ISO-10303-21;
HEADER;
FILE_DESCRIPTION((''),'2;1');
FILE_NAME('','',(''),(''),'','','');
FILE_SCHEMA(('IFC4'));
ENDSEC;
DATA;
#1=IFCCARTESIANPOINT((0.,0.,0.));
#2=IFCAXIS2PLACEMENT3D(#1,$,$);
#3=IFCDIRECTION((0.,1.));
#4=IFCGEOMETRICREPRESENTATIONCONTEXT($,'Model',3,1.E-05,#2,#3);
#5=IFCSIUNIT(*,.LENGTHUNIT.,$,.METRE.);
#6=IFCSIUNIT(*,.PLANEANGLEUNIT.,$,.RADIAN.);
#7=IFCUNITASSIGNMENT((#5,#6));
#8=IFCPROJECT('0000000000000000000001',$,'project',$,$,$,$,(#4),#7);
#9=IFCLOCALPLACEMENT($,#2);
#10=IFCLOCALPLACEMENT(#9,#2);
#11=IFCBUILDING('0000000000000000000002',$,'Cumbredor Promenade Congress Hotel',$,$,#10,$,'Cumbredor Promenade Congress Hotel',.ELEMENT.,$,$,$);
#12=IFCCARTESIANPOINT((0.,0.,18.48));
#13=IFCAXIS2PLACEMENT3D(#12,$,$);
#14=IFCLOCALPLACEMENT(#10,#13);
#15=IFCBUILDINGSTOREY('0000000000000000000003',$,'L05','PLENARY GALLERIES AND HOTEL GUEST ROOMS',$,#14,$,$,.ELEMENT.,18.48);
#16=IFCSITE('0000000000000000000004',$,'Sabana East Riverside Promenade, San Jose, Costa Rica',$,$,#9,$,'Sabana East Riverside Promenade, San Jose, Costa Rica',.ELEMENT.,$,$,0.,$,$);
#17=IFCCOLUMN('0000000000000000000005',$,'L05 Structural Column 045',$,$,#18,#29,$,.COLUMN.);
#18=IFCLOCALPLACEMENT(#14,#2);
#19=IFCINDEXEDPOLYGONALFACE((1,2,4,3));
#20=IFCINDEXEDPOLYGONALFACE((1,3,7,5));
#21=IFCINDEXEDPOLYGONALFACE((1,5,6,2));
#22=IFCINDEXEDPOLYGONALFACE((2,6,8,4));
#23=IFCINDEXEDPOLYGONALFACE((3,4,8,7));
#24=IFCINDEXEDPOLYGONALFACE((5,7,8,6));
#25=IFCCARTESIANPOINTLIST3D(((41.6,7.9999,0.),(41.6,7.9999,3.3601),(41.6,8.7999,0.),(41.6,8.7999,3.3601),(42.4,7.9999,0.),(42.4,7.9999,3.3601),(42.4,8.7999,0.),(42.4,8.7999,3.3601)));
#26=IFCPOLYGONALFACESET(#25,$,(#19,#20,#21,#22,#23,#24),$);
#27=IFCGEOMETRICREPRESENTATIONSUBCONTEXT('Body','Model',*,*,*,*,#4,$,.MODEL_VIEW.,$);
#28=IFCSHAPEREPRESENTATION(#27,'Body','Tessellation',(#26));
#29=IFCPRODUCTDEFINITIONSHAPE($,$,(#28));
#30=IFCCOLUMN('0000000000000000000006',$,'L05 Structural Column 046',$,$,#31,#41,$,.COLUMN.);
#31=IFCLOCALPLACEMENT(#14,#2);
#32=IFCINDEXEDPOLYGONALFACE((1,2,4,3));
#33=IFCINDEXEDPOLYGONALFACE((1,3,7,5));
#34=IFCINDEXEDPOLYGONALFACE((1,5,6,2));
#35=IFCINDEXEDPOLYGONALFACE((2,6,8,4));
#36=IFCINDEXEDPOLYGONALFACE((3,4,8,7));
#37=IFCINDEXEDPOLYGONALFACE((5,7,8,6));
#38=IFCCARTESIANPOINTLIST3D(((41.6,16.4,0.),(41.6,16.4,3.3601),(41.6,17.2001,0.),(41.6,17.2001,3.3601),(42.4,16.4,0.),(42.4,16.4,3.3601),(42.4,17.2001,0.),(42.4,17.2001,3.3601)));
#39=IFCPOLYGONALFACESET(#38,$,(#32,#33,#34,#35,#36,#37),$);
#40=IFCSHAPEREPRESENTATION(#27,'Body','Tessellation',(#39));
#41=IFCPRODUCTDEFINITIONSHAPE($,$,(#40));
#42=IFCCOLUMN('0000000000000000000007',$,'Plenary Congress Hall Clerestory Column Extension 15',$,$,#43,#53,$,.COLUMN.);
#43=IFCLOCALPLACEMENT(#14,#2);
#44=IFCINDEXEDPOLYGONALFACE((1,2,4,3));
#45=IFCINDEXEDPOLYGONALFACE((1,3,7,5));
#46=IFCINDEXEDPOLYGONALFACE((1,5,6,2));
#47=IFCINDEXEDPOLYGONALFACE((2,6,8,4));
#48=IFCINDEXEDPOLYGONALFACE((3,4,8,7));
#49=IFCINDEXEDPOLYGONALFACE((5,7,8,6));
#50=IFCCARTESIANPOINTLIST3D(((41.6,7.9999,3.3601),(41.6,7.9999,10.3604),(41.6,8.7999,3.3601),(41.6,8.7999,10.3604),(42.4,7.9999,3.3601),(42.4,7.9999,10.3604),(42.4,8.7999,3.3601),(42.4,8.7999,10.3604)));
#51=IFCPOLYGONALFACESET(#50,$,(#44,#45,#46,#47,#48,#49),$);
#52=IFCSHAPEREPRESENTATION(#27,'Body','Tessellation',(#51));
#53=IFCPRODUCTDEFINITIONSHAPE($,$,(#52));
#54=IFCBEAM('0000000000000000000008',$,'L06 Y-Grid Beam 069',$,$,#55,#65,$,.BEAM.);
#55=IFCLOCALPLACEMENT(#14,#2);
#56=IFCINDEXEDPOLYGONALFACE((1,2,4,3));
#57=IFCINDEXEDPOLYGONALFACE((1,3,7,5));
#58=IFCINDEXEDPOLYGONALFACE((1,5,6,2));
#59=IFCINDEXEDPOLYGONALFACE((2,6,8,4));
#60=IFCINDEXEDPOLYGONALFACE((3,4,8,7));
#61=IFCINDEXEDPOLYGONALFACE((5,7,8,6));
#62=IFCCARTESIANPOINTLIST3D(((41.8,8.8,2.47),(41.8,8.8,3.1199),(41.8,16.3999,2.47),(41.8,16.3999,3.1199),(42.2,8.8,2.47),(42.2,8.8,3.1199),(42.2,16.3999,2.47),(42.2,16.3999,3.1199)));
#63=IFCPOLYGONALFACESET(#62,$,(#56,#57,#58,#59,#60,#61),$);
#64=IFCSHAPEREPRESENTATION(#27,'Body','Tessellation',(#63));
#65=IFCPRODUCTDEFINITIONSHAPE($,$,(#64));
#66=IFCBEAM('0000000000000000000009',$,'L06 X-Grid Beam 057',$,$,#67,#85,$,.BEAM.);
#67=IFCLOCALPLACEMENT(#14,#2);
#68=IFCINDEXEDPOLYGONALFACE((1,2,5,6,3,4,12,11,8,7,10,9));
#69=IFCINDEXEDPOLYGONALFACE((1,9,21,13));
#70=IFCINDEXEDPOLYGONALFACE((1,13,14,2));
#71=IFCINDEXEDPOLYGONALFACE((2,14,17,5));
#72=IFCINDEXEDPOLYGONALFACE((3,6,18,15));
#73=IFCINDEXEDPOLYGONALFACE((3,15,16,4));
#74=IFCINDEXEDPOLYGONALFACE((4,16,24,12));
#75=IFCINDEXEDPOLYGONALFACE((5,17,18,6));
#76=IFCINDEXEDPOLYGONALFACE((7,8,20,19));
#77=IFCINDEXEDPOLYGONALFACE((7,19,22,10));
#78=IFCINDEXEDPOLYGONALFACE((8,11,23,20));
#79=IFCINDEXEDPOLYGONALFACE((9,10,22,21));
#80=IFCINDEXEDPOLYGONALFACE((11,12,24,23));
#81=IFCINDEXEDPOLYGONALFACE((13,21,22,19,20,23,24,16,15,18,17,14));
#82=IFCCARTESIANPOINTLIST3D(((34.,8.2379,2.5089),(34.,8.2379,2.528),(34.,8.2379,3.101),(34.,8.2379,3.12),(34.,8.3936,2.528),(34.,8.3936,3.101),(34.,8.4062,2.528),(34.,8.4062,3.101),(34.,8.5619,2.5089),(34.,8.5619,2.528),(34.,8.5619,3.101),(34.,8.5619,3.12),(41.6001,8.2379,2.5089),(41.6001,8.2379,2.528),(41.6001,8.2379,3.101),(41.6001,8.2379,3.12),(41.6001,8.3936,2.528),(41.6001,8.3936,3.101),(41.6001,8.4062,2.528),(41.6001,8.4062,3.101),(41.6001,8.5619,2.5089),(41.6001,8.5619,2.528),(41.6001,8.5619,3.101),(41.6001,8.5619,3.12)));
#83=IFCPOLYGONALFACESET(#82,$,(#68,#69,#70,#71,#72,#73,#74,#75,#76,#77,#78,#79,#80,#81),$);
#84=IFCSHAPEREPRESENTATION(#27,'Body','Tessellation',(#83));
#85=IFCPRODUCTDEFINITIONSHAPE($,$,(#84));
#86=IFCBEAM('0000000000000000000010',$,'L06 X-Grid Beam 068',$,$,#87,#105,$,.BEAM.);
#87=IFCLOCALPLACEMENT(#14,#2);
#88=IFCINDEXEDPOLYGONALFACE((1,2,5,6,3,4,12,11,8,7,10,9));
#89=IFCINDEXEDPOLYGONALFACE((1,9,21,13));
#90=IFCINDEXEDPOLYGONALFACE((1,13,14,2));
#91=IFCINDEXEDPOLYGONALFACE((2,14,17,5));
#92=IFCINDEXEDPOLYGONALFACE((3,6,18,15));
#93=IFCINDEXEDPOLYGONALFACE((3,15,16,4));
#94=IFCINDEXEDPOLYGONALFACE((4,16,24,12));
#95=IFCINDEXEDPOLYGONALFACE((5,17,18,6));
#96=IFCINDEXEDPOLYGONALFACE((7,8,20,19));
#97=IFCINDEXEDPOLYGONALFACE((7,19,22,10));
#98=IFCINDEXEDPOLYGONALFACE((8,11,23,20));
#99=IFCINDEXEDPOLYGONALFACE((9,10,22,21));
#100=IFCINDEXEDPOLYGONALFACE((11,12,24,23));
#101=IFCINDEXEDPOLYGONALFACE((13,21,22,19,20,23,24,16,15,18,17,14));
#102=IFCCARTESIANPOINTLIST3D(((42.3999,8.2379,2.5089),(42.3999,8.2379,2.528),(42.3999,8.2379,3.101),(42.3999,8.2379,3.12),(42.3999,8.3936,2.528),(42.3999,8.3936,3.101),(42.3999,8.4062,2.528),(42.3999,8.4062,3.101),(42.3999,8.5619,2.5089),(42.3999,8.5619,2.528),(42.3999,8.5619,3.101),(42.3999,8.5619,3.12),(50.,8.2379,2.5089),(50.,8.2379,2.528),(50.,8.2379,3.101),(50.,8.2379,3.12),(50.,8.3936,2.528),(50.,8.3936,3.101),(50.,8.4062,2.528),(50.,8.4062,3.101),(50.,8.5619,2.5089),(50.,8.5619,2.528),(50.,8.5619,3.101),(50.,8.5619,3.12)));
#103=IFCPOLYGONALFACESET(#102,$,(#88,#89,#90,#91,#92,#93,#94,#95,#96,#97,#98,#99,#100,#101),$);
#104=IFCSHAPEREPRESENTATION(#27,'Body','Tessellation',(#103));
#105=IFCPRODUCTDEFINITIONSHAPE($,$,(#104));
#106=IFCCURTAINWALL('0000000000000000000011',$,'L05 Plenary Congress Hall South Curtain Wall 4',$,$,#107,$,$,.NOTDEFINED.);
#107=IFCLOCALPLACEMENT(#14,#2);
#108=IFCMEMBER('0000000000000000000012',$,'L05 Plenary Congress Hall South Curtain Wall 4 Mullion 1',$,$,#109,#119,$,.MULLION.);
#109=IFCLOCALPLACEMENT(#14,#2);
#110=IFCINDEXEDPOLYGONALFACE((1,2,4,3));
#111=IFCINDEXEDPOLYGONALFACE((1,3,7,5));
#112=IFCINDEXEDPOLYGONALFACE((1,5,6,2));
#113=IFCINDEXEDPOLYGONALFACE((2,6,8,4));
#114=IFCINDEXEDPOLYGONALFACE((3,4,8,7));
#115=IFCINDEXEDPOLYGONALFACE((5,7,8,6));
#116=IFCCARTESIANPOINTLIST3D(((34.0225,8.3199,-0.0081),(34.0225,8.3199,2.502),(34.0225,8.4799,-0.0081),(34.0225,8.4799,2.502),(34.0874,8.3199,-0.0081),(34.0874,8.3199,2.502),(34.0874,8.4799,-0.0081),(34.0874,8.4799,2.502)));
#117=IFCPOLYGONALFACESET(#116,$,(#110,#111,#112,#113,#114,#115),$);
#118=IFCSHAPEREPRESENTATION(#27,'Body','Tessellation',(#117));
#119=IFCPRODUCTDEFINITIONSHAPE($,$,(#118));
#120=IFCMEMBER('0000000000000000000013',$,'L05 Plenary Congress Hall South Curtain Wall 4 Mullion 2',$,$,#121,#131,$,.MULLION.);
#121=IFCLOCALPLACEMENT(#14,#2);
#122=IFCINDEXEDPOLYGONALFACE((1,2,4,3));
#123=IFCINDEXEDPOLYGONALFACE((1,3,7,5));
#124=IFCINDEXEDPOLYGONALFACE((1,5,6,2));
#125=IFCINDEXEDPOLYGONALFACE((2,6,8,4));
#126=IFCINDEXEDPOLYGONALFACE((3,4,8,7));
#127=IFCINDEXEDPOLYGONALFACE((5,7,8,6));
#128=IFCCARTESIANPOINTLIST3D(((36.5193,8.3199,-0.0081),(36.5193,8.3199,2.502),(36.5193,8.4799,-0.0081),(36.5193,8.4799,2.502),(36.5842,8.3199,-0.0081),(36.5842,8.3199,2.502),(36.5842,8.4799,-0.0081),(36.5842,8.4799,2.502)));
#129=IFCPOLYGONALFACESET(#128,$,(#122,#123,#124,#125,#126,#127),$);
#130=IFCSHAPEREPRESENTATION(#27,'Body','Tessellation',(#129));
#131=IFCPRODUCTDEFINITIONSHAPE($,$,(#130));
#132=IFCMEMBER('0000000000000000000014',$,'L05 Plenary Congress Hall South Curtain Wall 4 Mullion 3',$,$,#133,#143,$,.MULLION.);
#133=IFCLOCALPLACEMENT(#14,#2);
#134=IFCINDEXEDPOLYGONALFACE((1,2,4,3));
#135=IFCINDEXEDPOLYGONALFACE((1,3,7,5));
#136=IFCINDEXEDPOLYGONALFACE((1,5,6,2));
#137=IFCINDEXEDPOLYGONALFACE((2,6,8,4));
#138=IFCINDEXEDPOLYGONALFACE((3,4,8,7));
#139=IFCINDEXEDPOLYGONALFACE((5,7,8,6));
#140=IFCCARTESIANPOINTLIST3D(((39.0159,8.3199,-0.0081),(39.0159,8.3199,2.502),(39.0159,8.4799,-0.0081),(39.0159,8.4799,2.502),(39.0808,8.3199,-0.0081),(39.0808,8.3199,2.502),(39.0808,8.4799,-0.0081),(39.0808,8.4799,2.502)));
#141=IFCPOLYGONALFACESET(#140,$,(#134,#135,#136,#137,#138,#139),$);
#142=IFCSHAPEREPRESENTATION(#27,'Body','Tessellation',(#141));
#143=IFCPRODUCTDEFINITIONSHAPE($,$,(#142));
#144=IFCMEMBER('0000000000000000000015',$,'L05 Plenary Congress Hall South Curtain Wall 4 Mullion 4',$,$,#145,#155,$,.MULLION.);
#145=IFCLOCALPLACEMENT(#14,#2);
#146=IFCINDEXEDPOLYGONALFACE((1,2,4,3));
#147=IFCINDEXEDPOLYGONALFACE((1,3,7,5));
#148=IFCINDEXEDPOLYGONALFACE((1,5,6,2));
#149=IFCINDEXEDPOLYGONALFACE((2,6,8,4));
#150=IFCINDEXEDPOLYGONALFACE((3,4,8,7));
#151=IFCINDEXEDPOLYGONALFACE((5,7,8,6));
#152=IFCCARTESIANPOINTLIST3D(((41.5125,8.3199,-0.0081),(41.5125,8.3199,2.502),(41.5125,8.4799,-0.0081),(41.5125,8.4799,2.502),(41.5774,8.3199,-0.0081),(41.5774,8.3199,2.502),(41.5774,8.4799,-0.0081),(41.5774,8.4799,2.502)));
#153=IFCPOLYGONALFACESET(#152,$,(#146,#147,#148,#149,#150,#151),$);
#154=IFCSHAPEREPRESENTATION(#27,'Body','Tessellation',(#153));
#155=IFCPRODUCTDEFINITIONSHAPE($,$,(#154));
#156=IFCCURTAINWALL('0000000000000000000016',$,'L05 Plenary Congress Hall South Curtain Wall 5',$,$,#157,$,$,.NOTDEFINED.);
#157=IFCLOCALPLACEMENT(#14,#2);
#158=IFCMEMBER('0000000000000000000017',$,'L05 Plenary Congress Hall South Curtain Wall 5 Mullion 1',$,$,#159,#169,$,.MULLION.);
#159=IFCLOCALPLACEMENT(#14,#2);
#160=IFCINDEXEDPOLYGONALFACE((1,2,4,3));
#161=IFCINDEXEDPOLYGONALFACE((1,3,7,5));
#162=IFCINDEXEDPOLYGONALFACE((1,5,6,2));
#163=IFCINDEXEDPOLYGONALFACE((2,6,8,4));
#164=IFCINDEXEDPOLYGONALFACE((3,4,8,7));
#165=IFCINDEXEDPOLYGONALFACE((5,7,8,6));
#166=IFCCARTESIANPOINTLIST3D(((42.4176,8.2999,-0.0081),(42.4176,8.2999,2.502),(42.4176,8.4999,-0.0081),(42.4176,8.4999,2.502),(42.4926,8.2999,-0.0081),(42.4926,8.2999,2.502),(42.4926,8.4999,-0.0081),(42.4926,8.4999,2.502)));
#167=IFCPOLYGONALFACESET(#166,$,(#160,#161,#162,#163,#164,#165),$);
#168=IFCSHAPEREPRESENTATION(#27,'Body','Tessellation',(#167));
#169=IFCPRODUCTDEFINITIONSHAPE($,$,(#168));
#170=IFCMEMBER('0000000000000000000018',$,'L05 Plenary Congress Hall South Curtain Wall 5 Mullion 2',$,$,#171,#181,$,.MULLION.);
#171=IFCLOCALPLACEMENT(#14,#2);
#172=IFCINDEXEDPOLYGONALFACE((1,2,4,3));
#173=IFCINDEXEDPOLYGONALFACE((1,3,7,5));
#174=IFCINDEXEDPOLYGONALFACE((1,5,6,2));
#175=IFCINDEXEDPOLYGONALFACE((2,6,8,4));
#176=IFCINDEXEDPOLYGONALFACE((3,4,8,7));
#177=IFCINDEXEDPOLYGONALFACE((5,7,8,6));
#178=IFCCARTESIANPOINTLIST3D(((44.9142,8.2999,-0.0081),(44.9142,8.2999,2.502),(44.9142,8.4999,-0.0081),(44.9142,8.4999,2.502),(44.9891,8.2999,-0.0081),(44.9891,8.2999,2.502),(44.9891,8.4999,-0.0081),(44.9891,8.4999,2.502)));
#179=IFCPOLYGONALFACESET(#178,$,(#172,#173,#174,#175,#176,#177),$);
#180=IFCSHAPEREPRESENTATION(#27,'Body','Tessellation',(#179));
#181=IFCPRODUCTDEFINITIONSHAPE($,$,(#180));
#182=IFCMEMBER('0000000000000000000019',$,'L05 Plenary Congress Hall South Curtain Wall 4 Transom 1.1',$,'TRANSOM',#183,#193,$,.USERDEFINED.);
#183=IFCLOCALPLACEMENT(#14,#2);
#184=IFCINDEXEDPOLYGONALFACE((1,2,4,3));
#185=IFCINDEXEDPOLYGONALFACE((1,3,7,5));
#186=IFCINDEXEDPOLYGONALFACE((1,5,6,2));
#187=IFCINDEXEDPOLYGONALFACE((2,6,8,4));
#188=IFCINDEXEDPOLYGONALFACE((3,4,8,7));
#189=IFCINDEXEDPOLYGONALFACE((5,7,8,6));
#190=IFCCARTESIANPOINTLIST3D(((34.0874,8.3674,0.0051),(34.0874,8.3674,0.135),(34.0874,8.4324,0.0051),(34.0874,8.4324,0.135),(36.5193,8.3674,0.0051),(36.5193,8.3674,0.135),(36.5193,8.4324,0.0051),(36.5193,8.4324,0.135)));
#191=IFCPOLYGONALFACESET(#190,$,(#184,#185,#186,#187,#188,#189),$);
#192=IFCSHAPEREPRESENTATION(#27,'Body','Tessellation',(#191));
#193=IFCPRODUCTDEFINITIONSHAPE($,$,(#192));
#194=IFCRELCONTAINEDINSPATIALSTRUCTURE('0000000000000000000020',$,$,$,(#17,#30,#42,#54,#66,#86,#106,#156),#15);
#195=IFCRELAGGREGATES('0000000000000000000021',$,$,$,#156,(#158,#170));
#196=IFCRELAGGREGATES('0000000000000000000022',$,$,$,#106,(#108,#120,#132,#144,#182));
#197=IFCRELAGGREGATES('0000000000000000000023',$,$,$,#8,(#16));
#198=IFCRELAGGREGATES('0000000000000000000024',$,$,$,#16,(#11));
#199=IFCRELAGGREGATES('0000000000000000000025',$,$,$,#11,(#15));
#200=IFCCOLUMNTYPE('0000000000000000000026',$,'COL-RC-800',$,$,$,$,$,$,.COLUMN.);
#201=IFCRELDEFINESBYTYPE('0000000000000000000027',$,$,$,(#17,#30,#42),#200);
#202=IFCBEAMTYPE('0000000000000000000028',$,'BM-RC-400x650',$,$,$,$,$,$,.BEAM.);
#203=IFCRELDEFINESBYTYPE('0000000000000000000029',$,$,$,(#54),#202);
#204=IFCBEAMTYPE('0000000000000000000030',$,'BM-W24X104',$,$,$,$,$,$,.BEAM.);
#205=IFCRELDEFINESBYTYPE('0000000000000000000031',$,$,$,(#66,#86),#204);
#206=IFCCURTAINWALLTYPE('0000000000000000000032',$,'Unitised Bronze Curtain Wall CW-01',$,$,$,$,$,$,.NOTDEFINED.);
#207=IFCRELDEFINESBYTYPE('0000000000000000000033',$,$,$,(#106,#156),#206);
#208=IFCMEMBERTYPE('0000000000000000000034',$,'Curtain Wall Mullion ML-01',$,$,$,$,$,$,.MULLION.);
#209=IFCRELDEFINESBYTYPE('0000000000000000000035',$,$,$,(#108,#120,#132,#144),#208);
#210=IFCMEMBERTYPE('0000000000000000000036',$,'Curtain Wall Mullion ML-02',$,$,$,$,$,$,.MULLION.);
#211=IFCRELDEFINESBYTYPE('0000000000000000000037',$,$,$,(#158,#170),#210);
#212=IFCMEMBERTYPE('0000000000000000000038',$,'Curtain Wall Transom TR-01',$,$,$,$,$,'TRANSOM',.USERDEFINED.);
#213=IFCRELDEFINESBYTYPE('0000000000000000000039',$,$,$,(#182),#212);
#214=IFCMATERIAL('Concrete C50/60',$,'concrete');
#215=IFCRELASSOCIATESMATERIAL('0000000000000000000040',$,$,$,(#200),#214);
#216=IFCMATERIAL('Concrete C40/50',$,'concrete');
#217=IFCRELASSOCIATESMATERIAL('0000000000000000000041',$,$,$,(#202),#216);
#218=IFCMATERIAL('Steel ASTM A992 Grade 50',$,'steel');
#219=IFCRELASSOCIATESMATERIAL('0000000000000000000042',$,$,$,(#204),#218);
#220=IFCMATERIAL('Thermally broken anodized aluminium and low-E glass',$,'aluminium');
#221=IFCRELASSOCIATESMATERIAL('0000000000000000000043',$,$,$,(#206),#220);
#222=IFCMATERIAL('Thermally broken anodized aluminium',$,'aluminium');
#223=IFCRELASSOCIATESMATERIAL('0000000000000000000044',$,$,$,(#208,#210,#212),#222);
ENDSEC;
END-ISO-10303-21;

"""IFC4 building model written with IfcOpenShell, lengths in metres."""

from ifc_helpers import new_model, si_unit, direction, frame, origin, origin_2d, place, context, subcontext, project, spatial, rectangle, i_section, extrude, material, material_profile, profile_set, type_object, element, aggregate, save


model = new_model("IFC4")

# Units and contexts
model_context = context("Model", 3, precision=1e-05, world=origin(), true_north=direction((0.0, 1.0)))
body_context = subcontext(model_context, "Body", "Model", "MODEL_VIEW")
ifc_project = project(units=[si_unit("LENGTHUNIT", "METRE"), si_unit("PLANEANGLEUNIT", "RADIAN")], contexts=[model_context])

# Site, building, storey
site_placement = place(None, origin())
site = spatial("IfcSite", under=ifc_project, at=site_placement, Name="Sabana East Riverside Promenade, San Jose, Costa Rica", LongName="Sabana East Riverside Promenade, San Jose, Costa Rica", CompositionType="ELEMENT", RefElevation=0.0)
building_placement = place(site_placement, origin())
building = spatial("IfcBuilding", under=site, at=building_placement, Name="Cumbredor Promenade Congress Hotel", LongName="Cumbredor Promenade Congress Hotel", CompositionType="ELEMENT")
storey_placement = place(building_placement, frame((0.0, 0.0, 18.48)))
storey = spatial("IfcBuildingStorey", under=building, at=storey_placement, Name="L05", Description="PLENARY GALLERIES AND HOTEL GUEST ROOMS", CompositionType="ELEMENT", Elevation=18.48)

# Columns
ifc_material_1 = material(Name="Concrete C50/60", Category="concrete")
ifc_material_profile_1 = material_profile(ifc_material_1, rectangle(XDim=0.8, YDim=0.8, at=origin_2d()), Name="RC 800x800")
ifc_profile_set_1 = profile_set([ifc_material_profile_1], Name="Concrete C50/60")
column_type = type_object("IfcColumnType", Name="COL-RC-800", PredefinedType="COLUMN", material=ifc_profile_set_1)
for number, where, z_axis, x_axis, name in (
    (1, (42.0, 8.3999, 0.0), (0.0, 0.0, 1.0), (1.0, 0.0, 0.0), "L05 Structural Column 045"),
    (2, (42.0, 16.8, 0.0), (0.0, 0.0, 1.0), (1.0, 0.0, 0.0), "L05 Structural Column 046"),
):
    element("IfcColumn", number, at=place(storey_placement, frame(where, z_axis=z_axis, x_axis=x_axis)), inside=storey, type_object=column_type, Name=name, PredefinedType="COLUMN", context=body_context, shape_type="SweptSolid", body=[
        extrude(rectangle(XDim=0.8, YDim=0.8, at=origin_2d()), origin(), (0.0, 0.0, 1.0), 3.3601),
    ])
column_placement = place(storey_placement, frame((42.0, 8.3999, 3.3601), z_axis=(0.0, 0.0, 1.0), x_axis=(1.0, 0.0, 0.0)))
element("IfcColumn", 3, at=column_placement, inside=storey, type_object=column_type, Name="Plenary Congress Hall Clerestory Column Extension 15", PredefinedType="COLUMN", context=body_context, shape_type="SweptSolid", body=[
    extrude(rectangle(XDim=0.8, YDim=0.8, at=origin_2d()), origin(), (0.0, 0.0, 1.0), 7.0002),
])

# Beams
ifc_material_2 = material(Name="Concrete C40/50", Category="concrete")
ifc_material_profile_2 = material_profile(ifc_material_2, rectangle(XDim=0.3999, YDim=0.6499, at=origin_2d()), Name="RC BEAM 400x650")
ifc_profile_set_2 = profile_set([ifc_material_profile_2], Name="Concrete C40/50")
beam_type_1 = type_object("IfcBeamType", Name="BM-RC-400x650", PredefinedType="BEAM", material=ifc_profile_set_2)
beam_placement = place(storey_placement, frame((42.0, 8.8, 2.7949), z_axis=(0.0, 1.0, 0.0), x_axis=(-1.0, 0.0, 0.0)))
element("IfcBeam", 4, at=beam_placement, inside=storey, type_object=beam_type_1, Name="L06 Y-Grid Beam 069", PredefinedType="BEAM", context=body_context, shape_type="SweptSolid", body=[
    extrude(rectangle(XDim=0.3999, YDim=0.6499, at=origin_2d()), origin(), (0.0, 0.0, 1.0), 7.5999),
])
ifc_material_3 = material(Name="Steel ASTM A992 Grade 50", Category="steel")
ifc_material_profile_3 = material_profile(ifc_material_3, i_section(OverallWidth=0.324, OverallDepth=0.6111, WebThickness=0.0127, FlangeThickness=0.019, at=origin_2d()), Name="W24X104")
ifc_profile_set_3 = profile_set([ifc_material_profile_3], Name="Steel ASTM A992 Grade 50")
beam_type_2 = type_object("IfcBeamType", Name="BM-W24X104", PredefinedType="BEAM", material=ifc_profile_set_3)
for number, where, z_axis, x_axis, name in (
    (5, (34.0, 8.3999, 2.8145), (1.0, 0.0, 0.0), (0.0, 1.0, 0.0), "L06 X-Grid Beam 057"),
    (6, (42.3999, 8.3999, 2.8145), (1.0, 0.0, 0.0), (0.0, 1.0, 0.0), "L06 X-Grid Beam 068"),
):
    element("IfcBeam", number, at=place(storey_placement, frame(where, z_axis=z_axis, x_axis=x_axis)), inside=storey, type_object=beam_type_2, Name=name, PredefinedType="BEAM", context=body_context, shape_type="SweptSolid", body=[
        extrude(i_section(OverallWidth=0.324, OverallDepth=0.6111, WebThickness=0.0127, FlangeThickness=0.019, at=origin_2d()), origin(), (0.0, 0.0, 1.0), 7.6001),
    ])

# Curtain walls, members
ifc_material_4 = material(Name="Thermally broken anodized aluminium and low-E glass", Category="aluminium")
curtain_wall_type = type_object("IfcCurtainWallType", Name="Unitised Bronze Curtain Wall CW-01", PredefinedType="NOTDEFINED", material=ifc_material_4)
curtain_wall_1_placement = place(storey_placement, origin())
curtain_wall_1 = element("IfcCurtainWall", 7, at=curtain_wall_1_placement, inside=storey, type_object=curtain_wall_type, Name="L05 Plenary Congress Hall South Curtain Wall 4", PredefinedType="NOTDEFINED")
ifc_material_5 = material(Name="Thermally broken anodized aluminium", Category="aluminium")
ifc_material_profile_4 = material_profile(ifc_material_5, rectangle(XDim=0.0649, YDim=0.1599, at=origin_2d()), Name="ALU MULLION 65x160")
ifc_profile_set_4 = profile_set([ifc_material_profile_4], Name="Thermally broken anodized aluminium")
member_type_1 = type_object("IfcMemberType", Name="Curtain Wall Mullion ML-01", PredefinedType="MULLION", material=ifc_profile_set_4)
member_1_placement = place(storey_placement, frame((34.0549, 8.3999, -0.0081), z_axis=(0.0, 0.0, 1.0), x_axis=(1.0, 0.0, 0.0)))
member_1 = element("IfcMember", 8, at=member_1_placement, type_object=member_type_1, Name="L05 Plenary Congress Hall South Curtain Wall 4 Mullion 1", PredefinedType="MULLION", context=body_context, shape_type="SweptSolid", body=[
    extrude(rectangle(XDim=0.0649, YDim=0.1599, at=origin_2d()), origin(), (0.0, 0.0, 1.0), 2.51),
])
member_2_placement = place(storey_placement, frame((36.5518, 8.3999, -0.0081), z_axis=(0.0, 0.0, 1.0), x_axis=(1.0, 0.0, 0.0)))
member_2 = element("IfcMember", 9, at=member_2_placement, type_object=member_type_1, Name="L05 Plenary Congress Hall South Curtain Wall 4 Mullion 2", PredefinedType="MULLION", context=body_context, shape_type="SweptSolid", body=[
    extrude(rectangle(XDim=0.0649, YDim=0.1599, at=origin_2d()), origin(), (0.0, 0.0, 1.0), 2.51),
])
member_3_placement = place(storey_placement, frame((39.0483, 8.3999, -0.0081), z_axis=(0.0, 0.0, 1.0), x_axis=(1.0, 0.0, 0.0)))
member_3 = element("IfcMember", 10, at=member_3_placement, type_object=member_type_1, Name="L05 Plenary Congress Hall South Curtain Wall 4 Mullion 3", PredefinedType="MULLION", context=body_context, shape_type="SweptSolid", body=[
    extrude(rectangle(XDim=0.0649, YDim=0.1599, at=origin_2d()), origin(), (0.0, 0.0, 1.0), 2.51),
])
member_4_placement = place(storey_placement, frame((41.5449, 8.3999, -0.0081), z_axis=(0.0, 0.0, 1.0), x_axis=(1.0, 0.0, 0.0)))
member_4 = element("IfcMember", 11, at=member_4_placement, type_object=member_type_1, Name="L05 Plenary Congress Hall South Curtain Wall 4 Mullion 4", PredefinedType="MULLION", context=body_context, shape_type="SweptSolid", body=[
    extrude(rectangle(XDim=0.0649, YDim=0.1599, at=origin_2d()), origin(), (0.0, 0.0, 1.0), 2.51),
])
curtain_wall_2_placement = place(storey_placement, origin())
curtain_wall_2 = element("IfcCurtainWall", 12, at=curtain_wall_2_placement, inside=storey, type_object=curtain_wall_type, Name="L05 Plenary Congress Hall South Curtain Wall 5", PredefinedType="NOTDEFINED")
ifc_material_profile_5 = material_profile(ifc_material_5, rectangle(XDim=0.075, YDim=0.2, at=origin_2d()), Name="ALU MULLION 75x200")
ifc_profile_set_5 = profile_set([ifc_material_profile_5], Name="Thermally broken anodized aluminium")
member_type_2 = type_object("IfcMemberType", Name="Curtain Wall Mullion ML-02", PredefinedType="MULLION", material=ifc_profile_set_5)
member_5_placement = place(storey_placement, frame((42.4551, 8.3999, -0.0081), z_axis=(0.0, 0.0, 1.0), x_axis=(1.0, 0.0, 0.0)))
member_5 = element("IfcMember", 13, at=member_5_placement, type_object=member_type_2, Name="L05 Plenary Congress Hall South Curtain Wall 5 Mullion 1", PredefinedType="MULLION", context=body_context, shape_type="SweptSolid", body=[
    extrude(rectangle(XDim=0.075, YDim=0.2, at=origin_2d()), origin(), (0.0, 0.0, 1.0), 2.51),
])
member_6_placement = place(storey_placement, frame((44.9517, 8.3999, -0.0081), z_axis=(0.0, 0.0, 1.0), x_axis=(1.0, 0.0, 0.0)))
member_6 = element("IfcMember", 14, at=member_6_placement, type_object=member_type_2, Name="L05 Plenary Congress Hall South Curtain Wall 5 Mullion 2", PredefinedType="MULLION", context=body_context, shape_type="SweptSolid", body=[
    extrude(rectangle(XDim=0.075, YDim=0.2, at=origin_2d()), origin(), (0.0, 0.0, 1.0), 2.51),
])

# Member
ifc_material_profile_6 = material_profile(ifc_material_5, rectangle(XDim=0.0649, YDim=0.1299, at=origin_2d()), Name="ALU TRANSOM 65x130")
ifc_profile_set_6 = profile_set([ifc_material_profile_6], Name="Thermally broken anodized aluminium")
member_type_3 = type_object("IfcMemberType", Name="Curtain Wall Transom TR-01", ElementType="TRANSOM", PredefinedType="USERDEFINED", material=ifc_profile_set_6)
member_7_placement = place(storey_placement, frame((34.0874, 8.3999, 0.0701), z_axis=(1.0, 0.0, 0.0), x_axis=(0.0, 1.0, 0.0)))
member_7 = element("IfcMember", 15, at=member_7_placement, type_object=member_type_3, Name="L05 Plenary Congress Hall South Curtain Wall 4 Transom 1.1", ObjectType="TRANSOM", PredefinedType="USERDEFINED", context=body_context, shape_type="SweptSolid", body=[
    extrude(rectangle(XDim=0.0649, YDim=0.1299, at=origin_2d()), origin(), (0.0, 0.0, 1.0), 2.4319),
])

aggregate(curtain_wall_2, [member_5, member_6])
aggregate(curtain_wall_1, [member_1, member_2, member_3, member_4, member_7])

save(model, "model.ifc")
